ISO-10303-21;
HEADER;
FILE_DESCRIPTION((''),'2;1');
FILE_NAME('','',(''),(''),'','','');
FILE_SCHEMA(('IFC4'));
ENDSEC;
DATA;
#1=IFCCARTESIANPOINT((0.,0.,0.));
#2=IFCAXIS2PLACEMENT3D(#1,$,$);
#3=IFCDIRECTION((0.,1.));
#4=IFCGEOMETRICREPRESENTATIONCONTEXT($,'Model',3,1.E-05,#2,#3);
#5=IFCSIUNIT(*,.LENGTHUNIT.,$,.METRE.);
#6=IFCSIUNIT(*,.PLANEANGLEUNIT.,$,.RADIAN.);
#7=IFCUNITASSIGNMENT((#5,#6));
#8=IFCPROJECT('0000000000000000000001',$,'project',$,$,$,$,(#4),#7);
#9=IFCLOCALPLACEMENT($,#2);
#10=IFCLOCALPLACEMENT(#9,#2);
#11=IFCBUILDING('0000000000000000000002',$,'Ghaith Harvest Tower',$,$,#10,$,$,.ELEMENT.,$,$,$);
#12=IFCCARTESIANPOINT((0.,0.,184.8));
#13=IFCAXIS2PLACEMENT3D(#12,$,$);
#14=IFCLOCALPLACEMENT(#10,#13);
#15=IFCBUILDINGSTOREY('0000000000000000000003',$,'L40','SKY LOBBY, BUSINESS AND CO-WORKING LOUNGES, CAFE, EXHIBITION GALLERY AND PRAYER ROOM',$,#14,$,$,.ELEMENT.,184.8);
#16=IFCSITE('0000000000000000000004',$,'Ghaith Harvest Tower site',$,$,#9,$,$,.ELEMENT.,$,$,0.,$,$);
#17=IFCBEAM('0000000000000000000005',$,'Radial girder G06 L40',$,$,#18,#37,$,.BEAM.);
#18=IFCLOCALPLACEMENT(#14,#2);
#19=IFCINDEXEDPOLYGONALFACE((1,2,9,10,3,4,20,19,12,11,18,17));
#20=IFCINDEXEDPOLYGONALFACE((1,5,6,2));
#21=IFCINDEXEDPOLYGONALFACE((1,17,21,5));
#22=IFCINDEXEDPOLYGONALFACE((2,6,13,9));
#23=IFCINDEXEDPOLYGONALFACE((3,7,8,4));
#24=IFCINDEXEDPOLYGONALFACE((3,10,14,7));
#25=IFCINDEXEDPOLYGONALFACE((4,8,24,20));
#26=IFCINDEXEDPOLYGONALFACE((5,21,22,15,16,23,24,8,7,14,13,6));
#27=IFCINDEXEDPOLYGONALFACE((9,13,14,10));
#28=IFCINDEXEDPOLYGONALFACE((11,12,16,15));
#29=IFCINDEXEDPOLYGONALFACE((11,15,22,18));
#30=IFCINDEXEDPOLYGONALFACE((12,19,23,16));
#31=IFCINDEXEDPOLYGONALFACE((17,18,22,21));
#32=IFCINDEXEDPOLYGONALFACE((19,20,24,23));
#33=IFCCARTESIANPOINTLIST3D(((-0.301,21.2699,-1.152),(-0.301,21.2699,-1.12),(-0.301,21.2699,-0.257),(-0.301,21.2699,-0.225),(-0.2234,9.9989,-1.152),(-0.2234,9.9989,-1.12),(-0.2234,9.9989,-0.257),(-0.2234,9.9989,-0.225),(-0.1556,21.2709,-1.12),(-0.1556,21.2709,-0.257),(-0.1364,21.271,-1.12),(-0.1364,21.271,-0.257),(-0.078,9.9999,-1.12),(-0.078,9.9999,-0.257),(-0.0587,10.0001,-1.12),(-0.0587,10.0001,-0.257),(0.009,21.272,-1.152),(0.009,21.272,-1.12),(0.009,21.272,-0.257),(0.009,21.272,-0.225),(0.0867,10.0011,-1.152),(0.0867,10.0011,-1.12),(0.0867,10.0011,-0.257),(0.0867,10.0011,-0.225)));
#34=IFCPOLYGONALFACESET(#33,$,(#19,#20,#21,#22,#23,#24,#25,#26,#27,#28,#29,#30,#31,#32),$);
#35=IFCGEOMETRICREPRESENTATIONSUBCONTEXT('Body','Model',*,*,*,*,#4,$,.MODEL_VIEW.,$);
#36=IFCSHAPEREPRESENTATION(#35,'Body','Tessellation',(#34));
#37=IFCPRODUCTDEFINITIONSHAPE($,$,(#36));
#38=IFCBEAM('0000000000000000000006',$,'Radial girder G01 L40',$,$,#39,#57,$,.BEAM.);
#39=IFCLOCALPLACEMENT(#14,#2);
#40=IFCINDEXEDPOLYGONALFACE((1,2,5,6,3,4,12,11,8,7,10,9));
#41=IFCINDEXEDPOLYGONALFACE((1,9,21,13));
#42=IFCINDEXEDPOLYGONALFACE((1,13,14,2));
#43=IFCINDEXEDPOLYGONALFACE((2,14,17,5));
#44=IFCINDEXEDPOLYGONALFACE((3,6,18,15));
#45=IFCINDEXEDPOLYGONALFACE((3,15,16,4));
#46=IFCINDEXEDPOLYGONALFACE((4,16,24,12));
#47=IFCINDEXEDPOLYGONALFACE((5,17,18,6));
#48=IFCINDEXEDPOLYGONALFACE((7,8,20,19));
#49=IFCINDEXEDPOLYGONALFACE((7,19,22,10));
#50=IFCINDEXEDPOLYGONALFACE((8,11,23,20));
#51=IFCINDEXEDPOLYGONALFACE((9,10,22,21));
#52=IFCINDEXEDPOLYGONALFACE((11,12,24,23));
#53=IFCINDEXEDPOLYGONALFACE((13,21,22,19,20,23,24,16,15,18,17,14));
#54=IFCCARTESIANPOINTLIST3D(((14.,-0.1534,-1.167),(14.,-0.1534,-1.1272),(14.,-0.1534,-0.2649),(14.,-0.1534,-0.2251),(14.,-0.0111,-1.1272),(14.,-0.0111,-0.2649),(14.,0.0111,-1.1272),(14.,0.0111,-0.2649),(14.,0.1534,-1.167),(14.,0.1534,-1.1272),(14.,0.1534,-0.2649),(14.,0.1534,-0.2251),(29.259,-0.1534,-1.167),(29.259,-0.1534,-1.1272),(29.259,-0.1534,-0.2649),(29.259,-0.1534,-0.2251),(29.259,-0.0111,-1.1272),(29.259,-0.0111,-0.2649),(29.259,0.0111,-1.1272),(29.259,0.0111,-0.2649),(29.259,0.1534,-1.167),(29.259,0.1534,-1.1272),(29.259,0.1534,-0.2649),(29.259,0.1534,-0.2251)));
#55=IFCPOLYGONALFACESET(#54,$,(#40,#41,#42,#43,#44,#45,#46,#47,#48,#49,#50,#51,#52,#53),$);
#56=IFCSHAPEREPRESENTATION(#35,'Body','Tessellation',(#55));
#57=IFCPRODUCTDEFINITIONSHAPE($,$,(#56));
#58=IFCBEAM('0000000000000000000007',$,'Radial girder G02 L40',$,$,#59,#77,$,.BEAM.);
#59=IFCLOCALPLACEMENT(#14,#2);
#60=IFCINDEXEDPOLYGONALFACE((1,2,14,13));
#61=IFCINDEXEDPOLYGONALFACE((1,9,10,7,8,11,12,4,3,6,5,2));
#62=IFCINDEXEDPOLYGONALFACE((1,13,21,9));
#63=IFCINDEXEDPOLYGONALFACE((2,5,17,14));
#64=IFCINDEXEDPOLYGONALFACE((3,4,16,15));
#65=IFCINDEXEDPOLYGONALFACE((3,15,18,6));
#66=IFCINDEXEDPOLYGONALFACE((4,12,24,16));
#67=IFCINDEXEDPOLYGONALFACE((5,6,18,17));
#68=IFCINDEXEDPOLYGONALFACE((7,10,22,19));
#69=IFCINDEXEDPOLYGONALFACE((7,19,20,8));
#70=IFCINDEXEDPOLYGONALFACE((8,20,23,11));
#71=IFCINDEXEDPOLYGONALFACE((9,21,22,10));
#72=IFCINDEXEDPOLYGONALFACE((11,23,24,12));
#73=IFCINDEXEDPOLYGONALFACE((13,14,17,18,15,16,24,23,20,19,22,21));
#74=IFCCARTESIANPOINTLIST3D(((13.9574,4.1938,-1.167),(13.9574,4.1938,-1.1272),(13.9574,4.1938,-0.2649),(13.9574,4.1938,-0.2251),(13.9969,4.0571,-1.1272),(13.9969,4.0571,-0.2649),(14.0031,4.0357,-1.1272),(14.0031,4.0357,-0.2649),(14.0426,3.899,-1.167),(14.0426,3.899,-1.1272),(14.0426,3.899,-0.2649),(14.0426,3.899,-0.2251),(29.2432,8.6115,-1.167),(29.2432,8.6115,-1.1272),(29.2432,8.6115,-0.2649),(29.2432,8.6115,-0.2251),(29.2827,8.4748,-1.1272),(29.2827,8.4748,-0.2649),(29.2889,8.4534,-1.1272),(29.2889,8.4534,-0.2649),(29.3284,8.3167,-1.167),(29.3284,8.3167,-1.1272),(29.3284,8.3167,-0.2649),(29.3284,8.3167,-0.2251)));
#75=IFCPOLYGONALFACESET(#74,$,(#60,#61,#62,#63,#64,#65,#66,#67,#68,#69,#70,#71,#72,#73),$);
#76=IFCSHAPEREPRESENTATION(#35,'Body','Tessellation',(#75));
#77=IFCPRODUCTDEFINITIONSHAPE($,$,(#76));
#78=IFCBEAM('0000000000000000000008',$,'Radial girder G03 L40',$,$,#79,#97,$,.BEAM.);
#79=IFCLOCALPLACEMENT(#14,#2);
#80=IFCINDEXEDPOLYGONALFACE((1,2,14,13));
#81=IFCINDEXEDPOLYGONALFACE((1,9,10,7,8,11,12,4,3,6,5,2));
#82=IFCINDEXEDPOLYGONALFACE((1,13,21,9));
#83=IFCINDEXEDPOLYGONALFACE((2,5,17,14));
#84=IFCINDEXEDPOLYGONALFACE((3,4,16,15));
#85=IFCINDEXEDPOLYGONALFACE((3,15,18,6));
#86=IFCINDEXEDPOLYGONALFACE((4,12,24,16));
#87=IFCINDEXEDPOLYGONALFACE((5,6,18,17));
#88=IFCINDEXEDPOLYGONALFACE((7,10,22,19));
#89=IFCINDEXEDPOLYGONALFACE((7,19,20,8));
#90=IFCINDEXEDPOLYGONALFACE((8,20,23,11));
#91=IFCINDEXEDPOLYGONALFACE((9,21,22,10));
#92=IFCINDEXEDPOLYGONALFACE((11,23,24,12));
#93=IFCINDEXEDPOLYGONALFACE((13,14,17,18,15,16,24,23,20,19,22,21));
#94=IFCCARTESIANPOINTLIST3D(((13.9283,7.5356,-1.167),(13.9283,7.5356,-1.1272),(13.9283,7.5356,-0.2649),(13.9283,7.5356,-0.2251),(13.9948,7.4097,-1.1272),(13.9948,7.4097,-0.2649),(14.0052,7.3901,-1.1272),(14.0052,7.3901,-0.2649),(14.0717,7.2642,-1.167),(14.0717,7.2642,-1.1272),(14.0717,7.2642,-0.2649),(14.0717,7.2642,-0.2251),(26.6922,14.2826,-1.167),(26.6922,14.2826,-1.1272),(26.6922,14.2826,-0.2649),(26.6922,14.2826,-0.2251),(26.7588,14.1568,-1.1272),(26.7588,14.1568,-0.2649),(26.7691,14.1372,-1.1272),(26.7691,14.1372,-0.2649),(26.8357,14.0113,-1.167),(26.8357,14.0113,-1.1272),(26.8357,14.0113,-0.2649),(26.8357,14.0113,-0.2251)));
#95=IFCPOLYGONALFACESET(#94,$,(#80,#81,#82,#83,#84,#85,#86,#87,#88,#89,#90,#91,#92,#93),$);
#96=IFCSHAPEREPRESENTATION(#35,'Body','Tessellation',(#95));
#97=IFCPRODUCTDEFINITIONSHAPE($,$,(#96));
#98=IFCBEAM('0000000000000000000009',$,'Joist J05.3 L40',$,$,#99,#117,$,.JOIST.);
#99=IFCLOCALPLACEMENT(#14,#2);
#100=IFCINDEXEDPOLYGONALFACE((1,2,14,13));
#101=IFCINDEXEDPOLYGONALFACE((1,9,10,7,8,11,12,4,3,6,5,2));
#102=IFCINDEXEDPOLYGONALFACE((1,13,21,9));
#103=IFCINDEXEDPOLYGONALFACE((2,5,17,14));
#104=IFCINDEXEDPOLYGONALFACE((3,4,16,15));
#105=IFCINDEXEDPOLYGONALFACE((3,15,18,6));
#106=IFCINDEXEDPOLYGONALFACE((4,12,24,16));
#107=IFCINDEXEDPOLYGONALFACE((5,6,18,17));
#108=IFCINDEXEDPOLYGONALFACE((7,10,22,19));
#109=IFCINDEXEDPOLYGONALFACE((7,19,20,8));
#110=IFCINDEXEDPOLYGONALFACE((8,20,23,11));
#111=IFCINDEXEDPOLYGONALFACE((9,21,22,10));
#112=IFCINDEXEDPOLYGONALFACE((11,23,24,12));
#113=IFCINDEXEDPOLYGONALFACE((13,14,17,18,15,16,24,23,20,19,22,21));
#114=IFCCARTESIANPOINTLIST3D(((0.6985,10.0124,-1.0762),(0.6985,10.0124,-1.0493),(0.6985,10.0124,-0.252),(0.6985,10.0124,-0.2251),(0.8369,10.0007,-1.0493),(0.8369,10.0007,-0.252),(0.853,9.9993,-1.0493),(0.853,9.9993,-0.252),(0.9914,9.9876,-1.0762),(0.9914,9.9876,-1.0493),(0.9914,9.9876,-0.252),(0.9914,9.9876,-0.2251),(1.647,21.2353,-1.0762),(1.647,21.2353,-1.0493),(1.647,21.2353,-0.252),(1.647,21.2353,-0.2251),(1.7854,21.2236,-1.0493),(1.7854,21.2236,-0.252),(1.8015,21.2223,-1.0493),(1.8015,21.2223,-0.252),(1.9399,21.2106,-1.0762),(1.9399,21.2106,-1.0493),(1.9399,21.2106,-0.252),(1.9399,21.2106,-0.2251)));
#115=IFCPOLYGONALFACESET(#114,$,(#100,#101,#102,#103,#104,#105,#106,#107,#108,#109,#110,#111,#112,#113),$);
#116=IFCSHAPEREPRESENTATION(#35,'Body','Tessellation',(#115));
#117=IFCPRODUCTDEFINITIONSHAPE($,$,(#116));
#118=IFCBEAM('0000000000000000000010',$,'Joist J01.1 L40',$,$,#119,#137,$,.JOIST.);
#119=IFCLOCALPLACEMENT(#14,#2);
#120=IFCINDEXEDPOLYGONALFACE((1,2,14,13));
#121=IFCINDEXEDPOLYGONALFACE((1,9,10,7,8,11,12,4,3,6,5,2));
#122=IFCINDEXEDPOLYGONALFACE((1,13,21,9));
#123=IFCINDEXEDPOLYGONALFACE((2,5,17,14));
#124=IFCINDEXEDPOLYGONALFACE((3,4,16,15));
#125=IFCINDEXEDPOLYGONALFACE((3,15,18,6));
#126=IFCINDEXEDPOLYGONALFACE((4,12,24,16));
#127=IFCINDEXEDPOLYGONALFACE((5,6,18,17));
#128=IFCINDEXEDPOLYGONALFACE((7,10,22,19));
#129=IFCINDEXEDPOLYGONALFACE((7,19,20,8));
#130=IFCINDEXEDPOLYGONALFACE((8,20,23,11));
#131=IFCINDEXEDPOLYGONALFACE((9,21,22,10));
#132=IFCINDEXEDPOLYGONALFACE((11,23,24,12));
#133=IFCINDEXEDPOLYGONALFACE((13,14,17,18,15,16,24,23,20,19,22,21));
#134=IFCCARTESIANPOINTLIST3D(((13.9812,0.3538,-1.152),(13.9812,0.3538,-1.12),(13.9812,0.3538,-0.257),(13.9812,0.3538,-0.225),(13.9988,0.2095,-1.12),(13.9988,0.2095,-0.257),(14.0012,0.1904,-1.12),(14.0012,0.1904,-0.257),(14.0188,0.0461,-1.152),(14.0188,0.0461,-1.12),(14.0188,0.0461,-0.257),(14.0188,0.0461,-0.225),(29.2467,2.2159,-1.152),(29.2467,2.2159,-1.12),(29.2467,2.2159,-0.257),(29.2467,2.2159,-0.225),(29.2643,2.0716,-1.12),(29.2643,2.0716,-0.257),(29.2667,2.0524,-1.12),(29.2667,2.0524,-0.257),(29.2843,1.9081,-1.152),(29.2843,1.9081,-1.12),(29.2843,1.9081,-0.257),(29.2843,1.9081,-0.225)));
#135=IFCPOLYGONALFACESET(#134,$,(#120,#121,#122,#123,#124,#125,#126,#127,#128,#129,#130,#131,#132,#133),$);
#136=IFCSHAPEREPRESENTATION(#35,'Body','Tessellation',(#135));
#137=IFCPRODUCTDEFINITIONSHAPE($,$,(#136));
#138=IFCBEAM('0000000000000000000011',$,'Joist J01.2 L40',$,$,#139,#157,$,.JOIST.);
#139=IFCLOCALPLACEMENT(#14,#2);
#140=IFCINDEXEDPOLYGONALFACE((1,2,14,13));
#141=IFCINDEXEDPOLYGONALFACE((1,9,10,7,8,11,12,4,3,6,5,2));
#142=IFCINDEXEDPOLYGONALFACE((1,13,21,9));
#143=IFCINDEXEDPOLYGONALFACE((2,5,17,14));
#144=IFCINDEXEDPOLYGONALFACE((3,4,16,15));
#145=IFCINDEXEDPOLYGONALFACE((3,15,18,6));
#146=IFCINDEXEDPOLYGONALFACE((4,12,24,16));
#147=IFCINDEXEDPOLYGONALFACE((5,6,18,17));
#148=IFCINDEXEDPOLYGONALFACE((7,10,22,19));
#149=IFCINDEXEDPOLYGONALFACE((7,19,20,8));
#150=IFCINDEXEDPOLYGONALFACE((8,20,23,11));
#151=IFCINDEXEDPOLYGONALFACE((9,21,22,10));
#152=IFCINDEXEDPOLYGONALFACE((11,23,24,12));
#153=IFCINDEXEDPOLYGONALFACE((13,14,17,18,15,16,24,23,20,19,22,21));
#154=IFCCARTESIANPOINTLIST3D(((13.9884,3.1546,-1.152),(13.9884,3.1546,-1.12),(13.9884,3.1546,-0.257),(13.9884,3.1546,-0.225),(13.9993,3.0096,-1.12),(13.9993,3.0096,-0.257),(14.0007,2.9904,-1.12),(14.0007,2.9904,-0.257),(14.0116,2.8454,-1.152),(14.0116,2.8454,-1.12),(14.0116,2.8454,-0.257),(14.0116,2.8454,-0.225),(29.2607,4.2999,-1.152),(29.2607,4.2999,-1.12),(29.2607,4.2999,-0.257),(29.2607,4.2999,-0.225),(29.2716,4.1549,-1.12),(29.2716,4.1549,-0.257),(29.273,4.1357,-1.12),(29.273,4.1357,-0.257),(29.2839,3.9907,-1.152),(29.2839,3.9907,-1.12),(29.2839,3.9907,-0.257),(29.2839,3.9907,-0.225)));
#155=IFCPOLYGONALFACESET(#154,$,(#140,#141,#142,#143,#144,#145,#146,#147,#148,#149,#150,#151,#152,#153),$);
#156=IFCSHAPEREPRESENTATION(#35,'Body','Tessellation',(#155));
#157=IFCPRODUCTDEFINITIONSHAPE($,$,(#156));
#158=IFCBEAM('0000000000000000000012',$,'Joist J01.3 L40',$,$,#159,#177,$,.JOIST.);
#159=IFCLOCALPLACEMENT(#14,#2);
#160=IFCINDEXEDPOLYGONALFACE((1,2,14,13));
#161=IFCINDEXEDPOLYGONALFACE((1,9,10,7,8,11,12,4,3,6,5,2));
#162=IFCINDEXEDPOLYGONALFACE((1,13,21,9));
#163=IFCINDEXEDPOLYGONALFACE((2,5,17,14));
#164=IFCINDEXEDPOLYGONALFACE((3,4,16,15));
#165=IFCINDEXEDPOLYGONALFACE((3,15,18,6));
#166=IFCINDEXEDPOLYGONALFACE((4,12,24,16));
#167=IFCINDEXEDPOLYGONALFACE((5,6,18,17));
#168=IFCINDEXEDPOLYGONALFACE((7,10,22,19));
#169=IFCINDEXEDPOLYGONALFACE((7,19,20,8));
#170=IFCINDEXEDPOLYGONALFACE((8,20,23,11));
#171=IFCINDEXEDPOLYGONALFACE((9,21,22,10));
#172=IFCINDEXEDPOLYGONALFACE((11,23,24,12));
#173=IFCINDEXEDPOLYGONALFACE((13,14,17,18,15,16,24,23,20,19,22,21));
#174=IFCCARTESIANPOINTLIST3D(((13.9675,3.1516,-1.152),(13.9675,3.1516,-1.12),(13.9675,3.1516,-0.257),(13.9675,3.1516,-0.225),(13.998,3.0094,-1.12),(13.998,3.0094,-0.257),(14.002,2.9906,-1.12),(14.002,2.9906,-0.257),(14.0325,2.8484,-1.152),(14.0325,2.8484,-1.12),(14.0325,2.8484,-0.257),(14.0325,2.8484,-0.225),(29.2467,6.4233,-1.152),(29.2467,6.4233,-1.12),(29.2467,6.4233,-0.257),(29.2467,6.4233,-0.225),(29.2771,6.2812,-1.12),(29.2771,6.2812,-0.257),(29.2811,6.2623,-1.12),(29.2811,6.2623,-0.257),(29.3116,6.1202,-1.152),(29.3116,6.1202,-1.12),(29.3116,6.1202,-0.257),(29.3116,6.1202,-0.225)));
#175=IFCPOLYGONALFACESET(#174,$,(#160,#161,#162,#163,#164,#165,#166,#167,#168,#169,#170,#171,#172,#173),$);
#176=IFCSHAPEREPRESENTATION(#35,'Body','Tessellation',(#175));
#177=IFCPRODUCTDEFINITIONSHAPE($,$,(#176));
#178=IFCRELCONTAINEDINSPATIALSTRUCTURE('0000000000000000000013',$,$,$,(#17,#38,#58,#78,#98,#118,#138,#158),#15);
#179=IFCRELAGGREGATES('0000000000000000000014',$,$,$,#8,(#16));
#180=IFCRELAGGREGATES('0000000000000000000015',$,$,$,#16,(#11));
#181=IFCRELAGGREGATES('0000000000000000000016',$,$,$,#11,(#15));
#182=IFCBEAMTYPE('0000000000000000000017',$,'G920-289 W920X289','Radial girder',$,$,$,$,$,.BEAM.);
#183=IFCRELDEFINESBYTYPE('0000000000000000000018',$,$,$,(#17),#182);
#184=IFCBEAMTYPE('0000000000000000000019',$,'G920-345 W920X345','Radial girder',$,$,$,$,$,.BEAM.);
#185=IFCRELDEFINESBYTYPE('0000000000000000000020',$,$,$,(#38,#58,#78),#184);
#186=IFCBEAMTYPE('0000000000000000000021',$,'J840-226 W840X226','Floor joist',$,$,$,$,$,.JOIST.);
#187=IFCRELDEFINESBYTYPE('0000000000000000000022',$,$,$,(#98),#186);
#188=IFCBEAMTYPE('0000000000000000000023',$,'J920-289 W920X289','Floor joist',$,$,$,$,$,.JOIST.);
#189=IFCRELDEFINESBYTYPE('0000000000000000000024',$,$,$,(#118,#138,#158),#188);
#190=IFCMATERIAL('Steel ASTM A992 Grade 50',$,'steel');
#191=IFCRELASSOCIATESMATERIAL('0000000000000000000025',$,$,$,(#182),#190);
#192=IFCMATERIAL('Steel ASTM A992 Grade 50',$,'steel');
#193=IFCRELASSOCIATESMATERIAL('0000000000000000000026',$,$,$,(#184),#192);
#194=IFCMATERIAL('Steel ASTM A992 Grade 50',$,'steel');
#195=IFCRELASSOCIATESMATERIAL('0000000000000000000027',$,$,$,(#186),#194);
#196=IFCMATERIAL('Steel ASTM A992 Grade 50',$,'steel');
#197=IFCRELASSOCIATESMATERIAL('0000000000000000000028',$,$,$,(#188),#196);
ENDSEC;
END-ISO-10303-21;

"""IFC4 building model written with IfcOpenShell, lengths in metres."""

from ifc_helpers import new_model, si_unit, direction, frame, origin, origin_2d, place, context, subcontext, project, spatial, i_section, extrude, material, material_profile, profile_set, type_object, element, save


model = new_model("IFC4")

# Units and contexts
model_context = context("Model", 3, precision=1e-05, world=origin(), true_north=direction((0.0, 1.0)))
body_context = subcontext(model_context, "Body", "Model", "MODEL_VIEW")
ifc_project = project(units=[si_unit("LENGTHUNIT", "METRE"), si_unit("PLANEANGLEUNIT", "RADIAN")], contexts=[model_context])

# Site, building, storey
site_placement = place(None, origin())
site = spatial("IfcSite", under=ifc_project, at=site_placement, Name="Ghaith Harvest Tower site", CompositionType="ELEMENT", RefElevation=0.0)
building_placement = place(site_placement, origin())
building = spatial("IfcBuilding", under=site, at=building_placement, Name="Ghaith Harvest Tower", CompositionType="ELEMENT")
storey_placement = place(building_placement, frame((0.0, 0.0, 184.8)))
storey = spatial("IfcBuildingStorey", under=building, at=storey_placement, Name="L40", Description="SKY LOBBY, BUSINESS AND CO-WORKING LOUNGES, CAFE, EXHIBITION GALLERY AND PRAYER ROOM", CompositionType="ELEMENT", Elevation=184.8)

# Beams
ifc_material_1 = material(Name="Steel ASTM A992 Grade 50", Category="steel")
ifc_material_profile_1 = material_profile(ifc_material_1, i_section(OverallWidth=0.3101, OverallDepth=0.927, WebThickness=0.0193, FlangeThickness=0.032, at=origin_2d()), Name="W920X289")
ifc_profile_set_1 = profile_set([ifc_material_profile_1], Name="Steel ASTM A992 Grade 50")
beam_type_1 = type_object("IfcBeamType", Name="G920-289 W920X289", Description="Radial girder", PredefinedType="BEAM", material=ifc_profile_set_1)
beam_1_placement = place(storey_placement, frame((-0.0684, 10.0, -0.6885), z_axis=(-0.006888, 0.999976, 0.0), x_axis=(-0.999976, -0.006888, 0.0)))
element("IfcBeam", 1, at=beam_1_placement, inside=storey, type_object=beam_type_1, Name="Radial girder G06 L40", PredefinedType="BEAM", context=body_context, shape_type="SweptSolid", body=[
    extrude(i_section(OverallWidth=0.3101, OverallDepth=0.927, WebThickness=0.0193, FlangeThickness=0.032, at=origin_2d()), origin(), (0.0, 0.0, 1.0), 11.2712),
])
ifc_material_2 = material(Name="Steel ASTM A992 Grade 50", Category="steel")
ifc_material_profile_2 = material_profile(ifc_material_2, i_section(OverallWidth=0.3069, OverallDepth=0.9419, WebThickness=0.0222, FlangeThickness=0.0398, at=origin_2d()), Name="W920X345")
ifc_profile_set_2 = profile_set([ifc_material_profile_2], Name="Steel ASTM A992 Grade 50")
beam_type_2 = type_object("IfcBeamType", Name="G920-345 W920X345", Description="Radial girder", PredefinedType="BEAM", material=ifc_profile_set_2)
beam_2_placement = place(storey_placement, frame((14.0, 0.0, -0.696), z_axis=(1.0, 0.0, 0.0), x_axis=(0.0, 1.0, 0.0)))
element("IfcBeam", 2, at=beam_2_placement, inside=storey, type_object=beam_type_2, Name="Radial girder G01 L40", PredefinedType="BEAM", context=body_context, shape_type="SweptSolid", body=[
    extrude(i_section(OverallWidth=0.3069, OverallDepth=0.9419, WebThickness=0.0222, FlangeThickness=0.0398, at=origin_2d()), origin(), (0.0, 0.0, 1.0), 15.259),
])
beam_3_placement = place(storey_placement, frame((14.0, 4.0464, -0.696), z_axis=(0.960684, 0.277644, 0.0), x_axis=(-0.277644, 0.960684, 0.0)))
element("IfcBeam", 3, at=beam_3_placement, inside=storey, type_object=beam_type_2, Name="Radial girder G02 L40", PredefinedType="BEAM", context=body_context, shape_type="SweptSolid", body=[
    extrude(i_section(OverallWidth=0.3069, OverallDepth=0.9419, WebThickness=0.0222, FlangeThickness=0.0398, at=origin_2d()), origin(), (0.0, 0.0, 1.0), 15.9114),
])
beam_4_placement = place(storey_placement, frame((14.0, 7.3999, -0.696), z_axis=(0.884083, 0.467331, 0.0), x_axis=(-0.467331, 0.884083, 0.0)))
element("IfcBeam", 4, at=beam_4_placement, inside=storey, type_object=beam_type_2, Name="Radial girder G03 L40", PredefinedType="BEAM", context=body_context, shape_type="SweptSolid", body=[
    extrude(i_section(OverallWidth=0.3069, OverallDepth=0.9419, WebThickness=0.0222, FlangeThickness=0.0398, at=origin_2d()), origin(), (0.0, 0.0, 1.0), 14.4375),
])
ifc_material_3 = material(Name="Steel ASTM A992 Grade 50", Category="steel")
ifc_material_profile_3 = material_profile(ifc_material_3, i_section(OverallWidth=0.2939, OverallDepth=0.8511, WebThickness=0.0161, FlangeThickness=0.0269, at=origin_2d()), Name="W840X226")
ifc_profile_set_3 = profile_set([ifc_material_profile_3], Name="Steel ASTM A992 Grade 50")
beam_type_3 = type_object("IfcBeamType", Name="J840-226 W840X226", Description="Floor joist", PredefinedType="JOIST", material=ifc_profile_set_3)
beam_5_placement = place(storey_placement, frame((0.845, 10.0, -0.6506), z_axis=(0.084213, 0.996448, 0.0), x_axis=(-0.996448, 0.084213, 0.0)))
element("IfcBeam", 5, at=beam_5_placement, inside=storey, type_object=beam_type_3, Name="Joist J05.3 L40", PredefinedType="JOIST", context=body_context, shape_type="SweptSolid", body=[
    extrude(i_section(OverallWidth=0.2939, OverallDepth=0.8511, WebThickness=0.0161, FlangeThickness=0.0269, at=origin_2d()), origin(), (0.0, 0.0, 1.0), 11.2629),
])
ifc_material_4 = material(Name="Steel ASTM A992 Grade 50", Category="steel")
ifc_material_profile_4 = material_profile(ifc_material_4, i_section(OverallWidth=0.3101, OverallDepth=0.927, WebThickness=0.0193, FlangeThickness=0.032, at=origin_2d()), Name="W920X289")
ifc_profile_set_4 = profile_set([ifc_material_profile_4], Name="Steel ASTM A992 Grade 50")
beam_type_4 = type_object("IfcBeamType", Name="J920-289 W920X289", Description="Floor joist", PredefinedType="JOIST", material=ifc_profile_set_4)
beam_6_placement = place(storey_placement, frame((14.0, 0.2, -0.6885), z_axis=(0.992643, 0.12108, 0.0), x_axis=(-0.12108, 0.992643, 0.0)))
element("IfcBeam", 6, at=beam_6_placement, inside=storey, type_object=beam_type_4, Name="Joist J01.1 L40", PredefinedType="JOIST", context=body_context, shape_type="SweptSolid", body=[
    extrude(i_section(OverallWidth=0.3101, OverallDepth=0.927, WebThickness=0.0193, FlangeThickness=0.032, at=origin_2d()), origin(), (0.0, 0.0, 1.0), 15.3787),
])
beam_7_placement = place(storey_placement, frame((14.0, 3.0, -0.6885), z_axis=(0.9972, 0.07478, 0.0), x_axis=(-0.07478, 0.9972, 0.0)))
element("IfcBeam", 7, at=beam_7_placement, inside=storey, type_object=beam_type_4, Name="Joist J01.2 L40", PredefinedType="JOIST", context=body_context, shape_type="SweptSolid", body=[
    extrude(i_section(OverallWidth=0.3101, OverallDepth=0.927, WebThickness=0.0193, FlangeThickness=0.032, at=origin_2d()), origin(), (0.0, 0.0, 1.0), 15.3152),
])
beam_8_placement = place(storey_placement, frame((14.0, 3.0, -0.6885), z_axis=(0.977833, 0.209385, 0.0), x_axis=(-0.209385, 0.977833, 0.0)))
element("IfcBeam", 8, at=beam_8_placement, inside=storey, type_object=beam_type_4, Name="Joist J01.3 L40", PredefinedType="JOIST", context=body_context, shape_type="SweptSolid", body=[
    extrude(i_section(OverallWidth=0.3101, OverallDepth=0.927, WebThickness=0.0193, FlangeThickness=0.032, at=origin_2d()), origin(), (0.0, 0.0, 1.0), 15.6255),
])

save(model, "model.ifc")
